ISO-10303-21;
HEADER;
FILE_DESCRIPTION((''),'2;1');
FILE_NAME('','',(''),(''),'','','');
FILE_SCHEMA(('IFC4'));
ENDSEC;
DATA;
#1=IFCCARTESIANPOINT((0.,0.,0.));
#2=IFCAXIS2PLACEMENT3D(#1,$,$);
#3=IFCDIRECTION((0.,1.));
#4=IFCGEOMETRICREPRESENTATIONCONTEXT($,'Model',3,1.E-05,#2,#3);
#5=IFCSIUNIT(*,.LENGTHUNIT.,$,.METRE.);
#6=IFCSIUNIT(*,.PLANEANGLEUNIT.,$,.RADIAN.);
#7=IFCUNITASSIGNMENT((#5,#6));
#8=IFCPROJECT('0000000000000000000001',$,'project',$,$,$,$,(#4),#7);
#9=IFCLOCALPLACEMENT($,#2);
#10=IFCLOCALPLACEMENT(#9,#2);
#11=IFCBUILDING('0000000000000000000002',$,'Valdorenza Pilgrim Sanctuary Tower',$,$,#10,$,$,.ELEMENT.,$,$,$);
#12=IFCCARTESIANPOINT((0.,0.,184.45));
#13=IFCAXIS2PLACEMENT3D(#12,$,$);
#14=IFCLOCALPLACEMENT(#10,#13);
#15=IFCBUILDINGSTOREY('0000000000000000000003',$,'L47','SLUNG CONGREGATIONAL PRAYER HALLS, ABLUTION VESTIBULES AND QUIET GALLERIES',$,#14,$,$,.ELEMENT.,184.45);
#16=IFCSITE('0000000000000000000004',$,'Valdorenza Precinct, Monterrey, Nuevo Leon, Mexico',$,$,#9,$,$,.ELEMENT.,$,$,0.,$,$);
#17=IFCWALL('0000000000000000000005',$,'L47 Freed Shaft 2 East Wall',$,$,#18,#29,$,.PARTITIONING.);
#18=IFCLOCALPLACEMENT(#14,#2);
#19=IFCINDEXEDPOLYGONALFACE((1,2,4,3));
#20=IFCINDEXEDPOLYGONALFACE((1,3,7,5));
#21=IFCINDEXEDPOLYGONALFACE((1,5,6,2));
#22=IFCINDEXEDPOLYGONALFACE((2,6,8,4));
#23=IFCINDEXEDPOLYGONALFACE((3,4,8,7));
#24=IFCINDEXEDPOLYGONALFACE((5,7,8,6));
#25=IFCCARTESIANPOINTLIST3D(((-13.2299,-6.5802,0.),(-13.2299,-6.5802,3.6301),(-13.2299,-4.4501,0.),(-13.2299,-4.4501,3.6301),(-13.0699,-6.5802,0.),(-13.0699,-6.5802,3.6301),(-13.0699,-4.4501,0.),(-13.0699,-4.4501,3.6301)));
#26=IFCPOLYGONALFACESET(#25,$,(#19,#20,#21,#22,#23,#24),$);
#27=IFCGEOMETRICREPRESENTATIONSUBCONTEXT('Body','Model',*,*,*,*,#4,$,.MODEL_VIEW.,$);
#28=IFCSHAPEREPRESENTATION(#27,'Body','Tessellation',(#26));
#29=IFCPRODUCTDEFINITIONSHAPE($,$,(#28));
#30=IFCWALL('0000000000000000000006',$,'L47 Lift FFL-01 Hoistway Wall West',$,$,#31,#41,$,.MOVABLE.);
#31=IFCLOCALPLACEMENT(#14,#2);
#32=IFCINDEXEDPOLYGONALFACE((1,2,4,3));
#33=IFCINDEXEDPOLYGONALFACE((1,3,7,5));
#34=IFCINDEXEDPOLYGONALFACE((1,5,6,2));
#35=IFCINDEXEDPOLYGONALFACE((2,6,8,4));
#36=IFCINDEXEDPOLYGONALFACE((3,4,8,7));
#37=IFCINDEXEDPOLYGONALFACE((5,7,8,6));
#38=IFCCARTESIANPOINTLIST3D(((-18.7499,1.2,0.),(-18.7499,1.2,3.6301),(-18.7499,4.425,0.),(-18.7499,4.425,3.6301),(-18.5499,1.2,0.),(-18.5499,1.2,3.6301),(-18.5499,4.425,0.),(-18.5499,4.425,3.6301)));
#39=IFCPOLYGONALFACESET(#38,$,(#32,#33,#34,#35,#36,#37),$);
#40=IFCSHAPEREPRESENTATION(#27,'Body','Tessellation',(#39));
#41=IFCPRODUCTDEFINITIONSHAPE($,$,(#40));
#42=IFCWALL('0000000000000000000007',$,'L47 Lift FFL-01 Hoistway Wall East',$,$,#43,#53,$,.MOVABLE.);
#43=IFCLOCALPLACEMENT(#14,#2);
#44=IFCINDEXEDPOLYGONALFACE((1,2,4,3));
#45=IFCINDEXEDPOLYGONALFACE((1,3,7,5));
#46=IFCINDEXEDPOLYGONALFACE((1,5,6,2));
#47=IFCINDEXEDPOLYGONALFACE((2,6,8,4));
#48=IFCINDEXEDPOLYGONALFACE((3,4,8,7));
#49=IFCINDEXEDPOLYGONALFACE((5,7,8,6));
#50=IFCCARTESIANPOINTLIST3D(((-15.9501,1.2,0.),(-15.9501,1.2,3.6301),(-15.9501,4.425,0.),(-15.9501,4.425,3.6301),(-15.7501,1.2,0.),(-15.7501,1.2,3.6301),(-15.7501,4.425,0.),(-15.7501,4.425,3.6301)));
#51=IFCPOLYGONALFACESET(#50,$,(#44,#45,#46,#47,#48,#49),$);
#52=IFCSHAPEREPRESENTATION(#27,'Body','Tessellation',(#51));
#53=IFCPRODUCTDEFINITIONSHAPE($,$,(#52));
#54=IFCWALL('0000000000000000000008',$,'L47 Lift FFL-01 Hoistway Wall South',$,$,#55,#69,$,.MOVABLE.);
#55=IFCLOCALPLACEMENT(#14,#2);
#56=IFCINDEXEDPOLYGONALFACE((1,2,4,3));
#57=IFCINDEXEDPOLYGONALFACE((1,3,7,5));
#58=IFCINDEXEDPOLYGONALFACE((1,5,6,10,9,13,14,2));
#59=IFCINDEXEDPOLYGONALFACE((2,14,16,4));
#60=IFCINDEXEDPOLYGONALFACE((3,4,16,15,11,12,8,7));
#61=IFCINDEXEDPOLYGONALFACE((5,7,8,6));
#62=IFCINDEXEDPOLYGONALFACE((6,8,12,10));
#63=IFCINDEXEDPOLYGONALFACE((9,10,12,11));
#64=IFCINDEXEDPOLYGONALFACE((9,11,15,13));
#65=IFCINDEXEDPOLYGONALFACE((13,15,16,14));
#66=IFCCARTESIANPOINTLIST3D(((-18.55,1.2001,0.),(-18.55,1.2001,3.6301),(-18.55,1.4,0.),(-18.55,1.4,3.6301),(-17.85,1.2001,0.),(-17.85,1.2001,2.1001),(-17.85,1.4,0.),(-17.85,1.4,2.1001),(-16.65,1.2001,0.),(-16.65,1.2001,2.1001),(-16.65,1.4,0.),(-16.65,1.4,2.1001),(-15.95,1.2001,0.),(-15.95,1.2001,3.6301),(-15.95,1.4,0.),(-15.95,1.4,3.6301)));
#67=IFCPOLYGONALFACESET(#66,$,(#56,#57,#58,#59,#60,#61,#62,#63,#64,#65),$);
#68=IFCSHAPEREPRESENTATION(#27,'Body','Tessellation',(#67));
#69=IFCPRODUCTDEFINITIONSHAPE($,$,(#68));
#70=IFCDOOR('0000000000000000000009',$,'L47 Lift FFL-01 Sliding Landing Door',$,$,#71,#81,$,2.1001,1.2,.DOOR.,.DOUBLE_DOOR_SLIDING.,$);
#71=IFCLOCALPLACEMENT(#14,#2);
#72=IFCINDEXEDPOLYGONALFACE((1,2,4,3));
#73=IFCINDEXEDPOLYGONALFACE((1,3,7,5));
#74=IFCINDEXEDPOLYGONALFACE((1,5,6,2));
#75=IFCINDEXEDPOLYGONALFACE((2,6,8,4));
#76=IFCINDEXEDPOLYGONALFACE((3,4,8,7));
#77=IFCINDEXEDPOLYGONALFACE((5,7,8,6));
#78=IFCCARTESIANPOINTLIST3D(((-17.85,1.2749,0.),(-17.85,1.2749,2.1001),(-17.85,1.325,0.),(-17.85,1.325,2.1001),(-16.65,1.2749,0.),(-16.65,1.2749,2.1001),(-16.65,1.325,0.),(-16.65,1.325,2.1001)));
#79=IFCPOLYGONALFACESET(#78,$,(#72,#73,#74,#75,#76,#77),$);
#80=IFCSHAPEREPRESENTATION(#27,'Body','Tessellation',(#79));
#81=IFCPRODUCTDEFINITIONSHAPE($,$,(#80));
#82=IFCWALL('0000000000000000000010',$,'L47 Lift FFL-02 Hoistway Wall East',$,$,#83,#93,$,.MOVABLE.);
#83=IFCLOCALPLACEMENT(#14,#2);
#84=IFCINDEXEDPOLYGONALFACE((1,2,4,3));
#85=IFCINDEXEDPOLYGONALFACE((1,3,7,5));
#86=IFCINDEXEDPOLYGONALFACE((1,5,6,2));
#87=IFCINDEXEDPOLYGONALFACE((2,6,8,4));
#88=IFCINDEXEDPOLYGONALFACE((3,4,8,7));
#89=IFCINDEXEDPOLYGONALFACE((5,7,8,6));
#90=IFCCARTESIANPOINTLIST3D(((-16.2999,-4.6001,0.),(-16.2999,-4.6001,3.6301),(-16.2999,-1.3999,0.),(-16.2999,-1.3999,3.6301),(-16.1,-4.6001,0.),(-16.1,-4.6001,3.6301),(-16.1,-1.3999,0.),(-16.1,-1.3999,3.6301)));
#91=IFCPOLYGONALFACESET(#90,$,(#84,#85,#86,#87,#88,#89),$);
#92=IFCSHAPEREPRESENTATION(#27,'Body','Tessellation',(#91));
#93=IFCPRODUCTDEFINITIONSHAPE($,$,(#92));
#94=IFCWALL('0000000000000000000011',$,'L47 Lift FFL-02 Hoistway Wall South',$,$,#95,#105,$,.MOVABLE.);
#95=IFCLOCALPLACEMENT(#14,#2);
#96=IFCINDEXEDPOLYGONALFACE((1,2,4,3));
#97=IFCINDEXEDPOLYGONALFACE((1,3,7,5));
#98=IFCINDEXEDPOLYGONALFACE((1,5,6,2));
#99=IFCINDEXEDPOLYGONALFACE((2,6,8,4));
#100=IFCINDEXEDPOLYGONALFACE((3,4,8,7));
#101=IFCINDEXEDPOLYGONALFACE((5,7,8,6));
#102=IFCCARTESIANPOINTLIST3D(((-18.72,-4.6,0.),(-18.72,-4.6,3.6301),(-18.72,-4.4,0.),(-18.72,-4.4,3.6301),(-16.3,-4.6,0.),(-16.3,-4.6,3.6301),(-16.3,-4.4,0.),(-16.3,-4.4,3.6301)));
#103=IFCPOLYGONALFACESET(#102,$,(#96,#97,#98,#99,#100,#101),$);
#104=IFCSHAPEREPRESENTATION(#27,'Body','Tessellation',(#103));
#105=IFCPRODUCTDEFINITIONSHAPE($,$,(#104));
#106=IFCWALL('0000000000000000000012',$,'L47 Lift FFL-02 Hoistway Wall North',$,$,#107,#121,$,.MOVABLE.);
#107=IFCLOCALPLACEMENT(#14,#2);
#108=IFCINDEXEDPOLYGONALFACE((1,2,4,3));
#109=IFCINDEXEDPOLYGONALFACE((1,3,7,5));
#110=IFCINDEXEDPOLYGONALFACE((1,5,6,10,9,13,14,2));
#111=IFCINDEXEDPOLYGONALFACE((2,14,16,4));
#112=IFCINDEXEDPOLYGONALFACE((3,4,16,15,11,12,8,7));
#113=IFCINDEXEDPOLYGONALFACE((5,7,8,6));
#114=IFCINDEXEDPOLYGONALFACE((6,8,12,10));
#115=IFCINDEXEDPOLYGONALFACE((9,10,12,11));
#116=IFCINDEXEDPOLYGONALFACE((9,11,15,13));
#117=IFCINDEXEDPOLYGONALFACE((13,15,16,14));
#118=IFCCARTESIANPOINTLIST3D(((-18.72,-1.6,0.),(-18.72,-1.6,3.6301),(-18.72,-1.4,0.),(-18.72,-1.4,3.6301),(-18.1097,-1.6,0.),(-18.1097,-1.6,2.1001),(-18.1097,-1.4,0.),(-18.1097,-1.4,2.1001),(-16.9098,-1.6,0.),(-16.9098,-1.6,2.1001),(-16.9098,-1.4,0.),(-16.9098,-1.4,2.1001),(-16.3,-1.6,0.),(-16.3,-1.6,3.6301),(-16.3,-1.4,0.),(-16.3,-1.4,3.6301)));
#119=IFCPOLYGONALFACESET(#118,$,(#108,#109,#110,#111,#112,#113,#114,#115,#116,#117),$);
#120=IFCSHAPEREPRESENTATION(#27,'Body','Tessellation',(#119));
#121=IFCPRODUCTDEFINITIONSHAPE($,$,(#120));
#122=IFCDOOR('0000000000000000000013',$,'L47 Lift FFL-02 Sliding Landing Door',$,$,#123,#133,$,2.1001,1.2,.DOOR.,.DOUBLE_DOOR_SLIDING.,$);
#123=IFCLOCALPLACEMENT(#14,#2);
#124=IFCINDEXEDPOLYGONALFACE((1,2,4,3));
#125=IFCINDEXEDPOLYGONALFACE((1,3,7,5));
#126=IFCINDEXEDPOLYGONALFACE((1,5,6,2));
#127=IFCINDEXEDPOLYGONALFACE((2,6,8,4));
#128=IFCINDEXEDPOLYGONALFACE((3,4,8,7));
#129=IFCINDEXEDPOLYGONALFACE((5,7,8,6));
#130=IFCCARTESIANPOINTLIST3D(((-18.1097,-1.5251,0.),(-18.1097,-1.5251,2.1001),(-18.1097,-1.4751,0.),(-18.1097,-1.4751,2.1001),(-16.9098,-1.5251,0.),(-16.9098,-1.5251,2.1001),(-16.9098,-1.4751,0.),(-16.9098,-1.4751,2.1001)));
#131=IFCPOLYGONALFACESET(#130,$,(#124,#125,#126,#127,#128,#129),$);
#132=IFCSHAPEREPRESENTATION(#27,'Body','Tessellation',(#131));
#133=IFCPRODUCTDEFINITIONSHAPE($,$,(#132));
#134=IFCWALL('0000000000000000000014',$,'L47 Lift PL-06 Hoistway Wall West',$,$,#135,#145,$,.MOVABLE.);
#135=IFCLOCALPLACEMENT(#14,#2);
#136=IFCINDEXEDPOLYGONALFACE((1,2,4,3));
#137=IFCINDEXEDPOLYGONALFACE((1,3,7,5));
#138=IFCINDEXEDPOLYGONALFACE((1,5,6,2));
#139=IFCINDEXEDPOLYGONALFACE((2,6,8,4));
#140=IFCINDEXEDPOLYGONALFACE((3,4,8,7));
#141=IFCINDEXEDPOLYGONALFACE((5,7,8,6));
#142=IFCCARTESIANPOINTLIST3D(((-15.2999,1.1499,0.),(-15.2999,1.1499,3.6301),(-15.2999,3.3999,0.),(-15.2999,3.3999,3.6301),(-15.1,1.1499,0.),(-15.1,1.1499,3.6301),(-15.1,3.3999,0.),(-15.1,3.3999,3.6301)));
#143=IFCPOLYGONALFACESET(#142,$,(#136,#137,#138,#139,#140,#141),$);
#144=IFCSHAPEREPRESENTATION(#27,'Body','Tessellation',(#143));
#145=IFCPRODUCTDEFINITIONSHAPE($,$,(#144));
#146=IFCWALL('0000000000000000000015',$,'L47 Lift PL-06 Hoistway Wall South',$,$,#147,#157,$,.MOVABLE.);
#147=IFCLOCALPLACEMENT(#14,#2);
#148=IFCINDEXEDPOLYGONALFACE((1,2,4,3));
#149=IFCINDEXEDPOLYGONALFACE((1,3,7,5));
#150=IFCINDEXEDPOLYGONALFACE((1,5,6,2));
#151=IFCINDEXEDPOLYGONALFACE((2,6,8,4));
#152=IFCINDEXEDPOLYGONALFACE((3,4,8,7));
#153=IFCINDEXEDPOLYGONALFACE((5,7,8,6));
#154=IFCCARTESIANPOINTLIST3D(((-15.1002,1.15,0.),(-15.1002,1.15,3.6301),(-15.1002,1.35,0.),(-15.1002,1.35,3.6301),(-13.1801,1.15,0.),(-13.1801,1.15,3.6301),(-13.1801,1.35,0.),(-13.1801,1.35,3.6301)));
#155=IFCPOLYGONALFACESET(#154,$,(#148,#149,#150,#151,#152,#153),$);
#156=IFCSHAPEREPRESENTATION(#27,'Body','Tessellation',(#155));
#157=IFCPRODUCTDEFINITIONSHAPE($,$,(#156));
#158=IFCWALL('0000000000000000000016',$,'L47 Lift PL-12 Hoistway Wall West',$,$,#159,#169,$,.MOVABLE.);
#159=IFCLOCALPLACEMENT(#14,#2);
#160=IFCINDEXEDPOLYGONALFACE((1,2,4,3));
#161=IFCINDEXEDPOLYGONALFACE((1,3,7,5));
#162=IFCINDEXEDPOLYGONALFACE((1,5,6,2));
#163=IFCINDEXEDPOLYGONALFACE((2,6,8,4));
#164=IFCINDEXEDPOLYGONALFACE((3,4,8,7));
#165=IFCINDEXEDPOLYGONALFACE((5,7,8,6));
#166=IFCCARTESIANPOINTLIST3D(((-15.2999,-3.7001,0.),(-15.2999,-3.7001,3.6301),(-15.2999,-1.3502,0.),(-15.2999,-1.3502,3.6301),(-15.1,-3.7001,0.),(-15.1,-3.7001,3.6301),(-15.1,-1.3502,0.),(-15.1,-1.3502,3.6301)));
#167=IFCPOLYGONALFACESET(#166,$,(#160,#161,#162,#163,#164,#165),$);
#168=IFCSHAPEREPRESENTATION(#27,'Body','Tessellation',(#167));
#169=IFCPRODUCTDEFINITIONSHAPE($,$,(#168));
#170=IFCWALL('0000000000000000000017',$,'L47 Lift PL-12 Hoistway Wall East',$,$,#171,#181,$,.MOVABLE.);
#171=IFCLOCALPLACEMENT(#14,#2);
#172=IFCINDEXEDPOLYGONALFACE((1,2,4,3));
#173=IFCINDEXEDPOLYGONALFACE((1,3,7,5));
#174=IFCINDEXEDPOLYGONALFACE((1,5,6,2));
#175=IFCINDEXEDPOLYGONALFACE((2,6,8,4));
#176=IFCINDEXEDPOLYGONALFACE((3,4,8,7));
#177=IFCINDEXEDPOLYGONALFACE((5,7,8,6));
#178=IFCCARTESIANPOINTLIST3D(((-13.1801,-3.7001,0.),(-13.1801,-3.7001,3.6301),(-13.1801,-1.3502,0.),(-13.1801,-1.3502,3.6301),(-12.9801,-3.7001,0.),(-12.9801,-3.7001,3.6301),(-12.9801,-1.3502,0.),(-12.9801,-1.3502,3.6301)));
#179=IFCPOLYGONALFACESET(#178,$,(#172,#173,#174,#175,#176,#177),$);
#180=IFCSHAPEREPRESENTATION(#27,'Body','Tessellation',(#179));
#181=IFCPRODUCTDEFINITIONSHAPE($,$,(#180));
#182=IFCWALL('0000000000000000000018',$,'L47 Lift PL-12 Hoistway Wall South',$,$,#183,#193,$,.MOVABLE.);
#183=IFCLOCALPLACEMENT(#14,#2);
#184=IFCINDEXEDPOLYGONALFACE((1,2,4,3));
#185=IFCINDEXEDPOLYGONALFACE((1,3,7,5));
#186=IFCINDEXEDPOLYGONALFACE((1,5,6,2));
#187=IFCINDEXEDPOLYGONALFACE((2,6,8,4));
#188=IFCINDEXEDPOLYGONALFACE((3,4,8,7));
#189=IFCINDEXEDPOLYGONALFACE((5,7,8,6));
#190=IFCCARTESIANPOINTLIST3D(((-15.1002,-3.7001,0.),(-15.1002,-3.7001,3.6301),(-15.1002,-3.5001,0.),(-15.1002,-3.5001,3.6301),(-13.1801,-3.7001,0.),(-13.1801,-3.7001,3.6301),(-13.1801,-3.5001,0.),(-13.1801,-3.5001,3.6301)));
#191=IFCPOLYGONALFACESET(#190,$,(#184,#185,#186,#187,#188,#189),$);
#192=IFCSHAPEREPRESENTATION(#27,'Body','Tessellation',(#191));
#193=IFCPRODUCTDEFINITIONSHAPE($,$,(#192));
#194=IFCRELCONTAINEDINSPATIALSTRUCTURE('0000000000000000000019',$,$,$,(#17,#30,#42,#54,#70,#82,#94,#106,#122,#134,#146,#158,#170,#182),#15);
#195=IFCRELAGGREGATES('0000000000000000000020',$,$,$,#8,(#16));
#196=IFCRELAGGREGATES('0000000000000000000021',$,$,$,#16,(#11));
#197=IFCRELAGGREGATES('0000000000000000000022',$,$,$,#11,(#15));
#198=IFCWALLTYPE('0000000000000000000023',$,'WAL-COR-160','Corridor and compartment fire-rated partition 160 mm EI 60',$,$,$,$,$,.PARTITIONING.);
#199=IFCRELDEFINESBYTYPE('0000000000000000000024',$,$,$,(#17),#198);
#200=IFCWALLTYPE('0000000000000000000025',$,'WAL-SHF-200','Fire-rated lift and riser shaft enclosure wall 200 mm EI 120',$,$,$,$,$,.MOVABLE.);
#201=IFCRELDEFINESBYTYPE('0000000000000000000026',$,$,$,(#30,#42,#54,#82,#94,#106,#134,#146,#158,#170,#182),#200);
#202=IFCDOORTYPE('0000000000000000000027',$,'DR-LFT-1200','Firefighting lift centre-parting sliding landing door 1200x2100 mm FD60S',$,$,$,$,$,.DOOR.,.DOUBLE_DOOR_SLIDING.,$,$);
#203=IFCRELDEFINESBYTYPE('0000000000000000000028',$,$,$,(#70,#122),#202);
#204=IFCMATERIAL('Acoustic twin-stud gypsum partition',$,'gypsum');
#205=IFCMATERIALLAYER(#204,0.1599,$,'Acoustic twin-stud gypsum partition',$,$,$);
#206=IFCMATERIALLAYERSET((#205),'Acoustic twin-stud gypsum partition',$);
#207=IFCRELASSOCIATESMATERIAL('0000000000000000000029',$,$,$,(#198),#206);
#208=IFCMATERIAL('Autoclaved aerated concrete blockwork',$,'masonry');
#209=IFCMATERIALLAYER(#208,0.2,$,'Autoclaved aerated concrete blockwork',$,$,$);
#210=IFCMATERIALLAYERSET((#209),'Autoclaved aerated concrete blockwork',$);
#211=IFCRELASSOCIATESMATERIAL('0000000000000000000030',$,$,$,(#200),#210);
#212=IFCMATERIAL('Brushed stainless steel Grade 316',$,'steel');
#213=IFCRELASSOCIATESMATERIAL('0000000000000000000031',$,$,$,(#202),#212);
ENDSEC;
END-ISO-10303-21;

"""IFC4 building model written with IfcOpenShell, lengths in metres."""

from ifc_helpers import new_model, si_unit, direction, frame, frame_2d, origin, place, context, subcontext, project, spatial, rectangle, extrude, material, layer, layer_set, type_object, element, fill, save


model = new_model("IFC4")

# Units and contexts
model_context = context("Model", 3, precision=1e-05, world=origin(), true_north=direction((0.0, 1.0)))
body_context = subcontext(model_context, "Body", "Model", "MODEL_VIEW")
ifc_project = project(units=[si_unit("LENGTHUNIT", "METRE"), si_unit("PLANEANGLEUNIT", "RADIAN")], contexts=[model_context])

# Site, building, storey
site_placement = place(None, origin())
site = spatial("IfcSite", under=ifc_project, at=site_placement, Name="Valdorenza Precinct, Monterrey, Nuevo Leon, Mexico", CompositionType="ELEMENT", RefElevation=0.0)
building_placement = place(site_placement, origin())
building = spatial("IfcBuilding", under=site, at=building_placement, Name="Valdorenza Pilgrim Sanctuary Tower", CompositionType="ELEMENT")
storey_placement = place(building_placement, frame((0.0, 0.0, 184.45)))
storey = spatial("IfcBuildingStorey", under=building, at=storey_placement, Name="L47", Description="SLUNG CONGREGATIONAL PRAYER HALLS, ABLUTION VESTIBULES AND QUIET GALLERIES", CompositionType="ELEMENT", Elevation=184.45)

# Wall
ifc_material_1 = material(Name="Acoustic twin-stud gypsum partition", Category="gypsum")
ifc_layer_1 = layer(ifc_material_1, 0.1599, Name="Acoustic twin-stud gypsum partition")
ifc_layer_set_1 = layer_set([ifc_layer_1], Name="Acoustic twin-stud gypsum partition")
wall_type_1 = type_object("IfcWallType", Name="WAL-COR-160", Description="Corridor and compartment fire-rated partition 160 mm EI 60", PredefinedType="PARTITIONING", material=ifc_layer_set_1)
wall_1_placement = place(storey_placement, frame((-13.1499, -6.5801, 0.0), z_axis=(0.0, 0.0, 1.0), x_axis=(0.0, 1.0, 0.0)))
element("IfcWall", 1, at=wall_1_placement, inside=storey, type_object=wall_type_1, Name="L47 Freed Shaft 2 East Wall", PredefinedType="PARTITIONING", context=body_context, shape_type="SweptSolid", body=[
    extrude(rectangle(XDim=2.1301, YDim=0.1599, at=frame_2d((1.0649, 0.0))), origin(), (0.0, 0.0, 1.0), 3.6301),
])

# Walls
ifc_material_2 = material(Name="Autoclaved aerated concrete blockwork", Category="masonry")
ifc_layer_2 = layer(ifc_material_2, 0.2, Name="Autoclaved aerated concrete blockwork")
ifc_layer_set_2 = layer_set([ifc_layer_2], Name="Autoclaved aerated concrete blockwork")
wall_type_2 = type_object("IfcWallType", Name="WAL-SHF-200", Description="Fire-rated lift and riser shaft enclosure wall 200 mm EI 120", PredefinedType="MOVABLE", material=ifc_layer_set_2)
for number, where, z_axis, x_axis, name in (
    (2, (-18.6499, 1.2, 0.0), (0.0, 0.0, 1.0), (0.0, 1.0, 0.0), "L47 Lift FFL-01 Hoistway Wall West"),
    (3, (-15.8501, 1.2, 0.0), (0.0, 0.0, 1.0), (0.0, 1.0, 0.0), "L47 Lift FFL-01 Hoistway Wall East"),
):
    element("IfcWall", number, at=place(storey_placement, frame(where, z_axis=z_axis, x_axis=x_axis)), inside=storey, type_object=wall_type_2, Name=name, PredefinedType="MOVABLE", context=body_context, shape_type="SweptSolid", body=[
        extrude(rectangle(XDim=3.2251, YDim=0.2, at=frame_2d((1.6125, 0.0))), origin(), (0.0, 0.0, 1.0), 3.6301),
    ])

# Wall, opening, door
wall_2_placement = place(storey_placement, frame((-18.55, 1.3, 0.0), z_axis=(0.0, 0.0, 1.0), x_axis=(1.0, 0.0, 0.0)))
wall_2 = element("IfcWall", 4, at=wall_2_placement, inside=storey, type_object=wall_type_2, Name="L47 Lift FFL-01 Hoistway Wall South", PredefinedType="MOVABLE", context=body_context, shape_type="SweptSolid", body=[
    extrude(rectangle(XDim=2.6001, YDim=0.2, at=frame_2d((1.3, 0.0))), origin(), (0.0, 0.0, 1.0), 3.6301),
])
opening_1_placement = place(wall_2_placement, frame((0.7, 0.0, 0.0)))
opening_1 = element("IfcOpeningElement", 5, at=opening_1_placement, cuts=wall_2, PredefinedType="OPENING", context=body_context, shape_type="SweptSolid", body=[
    extrude(rectangle(XDim=1.2, YDim=2.1001, at=frame_2d((0.6001, 1.05))), frame((0.0, 0.1147, 0.0), z_axis=(0.0, -1.0, 0.0), x_axis=(1.0, 0.0, 0.0)), (0.0, 0.0, 1.0), 0.2297),
])
ifc_material_3 = material(Name="Brushed stainless steel Grade 316", Category="steel")
door_type_1 = type_object("IfcDoorType", Name="DR-LFT-1200", Description="Firefighting lift centre-parting sliding landing door 1200x2100 mm FD60S", OperationType="DOUBLE_DOOR_SLIDING", PredefinedType="DOOR", material=ifc_material_3)
door_1_placement = place(opening_1_placement, origin())
door_1 = element("IfcDoor", 6, at=door_1_placement, inside=storey, type_object=door_type_1, Name="L47 Lift FFL-01 Sliding Landing Door", OperationType="DOUBLE_DOOR_SLIDING", OverallHeight=2.1001, OverallWidth=1.2, PredefinedType="DOOR", context=body_context, shape_type="SweptSolid", body=[
    extrude(rectangle(XDim=1.2, YDim=2.1001, at=frame_2d((0.6001, 1.05))), frame((0.0, 0.0249, 0.0), z_axis=(0.0, -1.0, 0.0), x_axis=(1.0, 0.0, 0.0)), (0.0, 0.0, 1.0), 0.05),
])
fill(opening_1, door_1)

# Walls
wall_3_placement = place(storey_placement, frame((-16.2, -4.6001, 0.0), z_axis=(0.0, 0.0, 1.0), x_axis=(0.0, 1.0, 0.0)))
element("IfcWall", 7, at=wall_3_placement, inside=storey, type_object=wall_type_2, Name="L47 Lift FFL-02 Hoistway Wall East", PredefinedType="MOVABLE", context=body_context, shape_type="SweptSolid", body=[
    extrude(rectangle(XDim=3.2002, YDim=0.2, at=frame_2d((1.6001, 0.0))), origin(), (0.0, 0.0, 1.0), 3.6301),
])
wall_4_placement = place(storey_placement, frame((-18.72, -4.5, 0.0), z_axis=(0.0, 0.0, 1.0), x_axis=(1.0, 0.0, 0.0)))
element("IfcWall", 8, at=wall_4_placement, inside=storey, type_object=wall_type_2, Name="L47 Lift FFL-02 Hoistway Wall South", PredefinedType="MOVABLE", context=body_context, shape_type="SweptSolid", body=[
    extrude(rectangle(XDim=2.4199, YDim=0.2, at=frame_2d((1.21, 0.0))), origin(), (0.0, 0.0, 1.0), 3.6301),
])

# Wall, opening, door
wall_5_placement = place(storey_placement, frame((-18.72, -1.5, 0.0), z_axis=(0.0, 0.0, 1.0), x_axis=(1.0, 0.0, 0.0)))
wall_5 = element("IfcWall", 9, at=wall_5_placement, inside=storey, type_object=wall_type_2, Name="L47 Lift FFL-02 Hoistway Wall North", PredefinedType="MOVABLE", context=body_context, shape_type="SweptSolid", body=[
    extrude(rectangle(XDim=2.4199, YDim=0.2, at=frame_2d((1.21, 0.0))), origin(), (0.0, 0.0, 1.0), 3.6301),
])
opening_2_placement = place(wall_5_placement, frame((0.6101, 0.0, 0.0)))
opening_2 = element("IfcOpeningElement", 10, at=opening_2_placement, cuts=wall_5, PredefinedType="OPENING", context=body_context, shape_type="SweptSolid", body=[
    extrude(rectangle(XDim=1.2, YDim=2.1001, at=frame_2d((0.6001, 1.05))), frame((0.0, 0.1147, 0.0), z_axis=(0.0, -1.0, 0.0), x_axis=(1.0, 0.0, 0.0)), (0.0, 0.0, 1.0), 0.2297),
])
door_2_placement = place(opening_2_placement, origin())
door_2 = element("IfcDoor", 11, at=door_2_placement, inside=storey, type_object=door_type_1, Name="L47 Lift FFL-02 Sliding Landing Door", OperationType="DOUBLE_DOOR_SLIDING", OverallHeight=2.1001, OverallWidth=1.2, PredefinedType="DOOR", context=body_context, shape_type="SweptSolid", body=[
    extrude(rectangle(XDim=1.2, YDim=2.1001, at=frame_2d((0.6001, 1.05))), frame((0.0, 0.0249, 0.0), z_axis=(0.0, -1.0, 0.0), x_axis=(1.0, 0.0, 0.0)), (0.0, 0.0, 1.0), 0.05),
])
fill(opening_2, door_2)

# Walls
wall_6_placement = place(storey_placement, frame((-15.2, 1.1499, 0.0), z_axis=(0.0, 0.0, 1.0), x_axis=(0.0, 1.0, 0.0)))
element("IfcWall", 12, at=wall_6_placement, inside=storey, type_object=wall_type_2, Name="L47 Lift PL-06 Hoistway Wall West", PredefinedType="MOVABLE", context=body_context, shape_type="SweptSolid", body=[
    extrude(rectangle(XDim=2.25, YDim=0.2, at=frame_2d((1.125, 0.0))), origin(), (0.0, 0.0, 1.0), 3.6301),
])
wall_7_placement = place(storey_placement, frame((-15.1001, 1.25, 0.0), z_axis=(0.0, 0.0, 1.0), x_axis=(1.0, 0.0, 0.0)))
element("IfcWall", 13, at=wall_7_placement, inside=storey, type_object=wall_type_2, Name="L47 Lift PL-06 Hoistway Wall South", PredefinedType="MOVABLE", context=body_context, shape_type="SweptSolid", body=[
    extrude(rectangle(XDim=1.9202, YDim=0.2, at=frame_2d((0.96, 0.0))), origin(), (0.0, 0.0, 1.0), 3.6301),
])
for number, where, z_axis, x_axis, name in (
    (14, (-15.2, -3.7, 0.0), (0.0, 0.0, 1.0), (0.0, 1.0, 0.0), "L47 Lift PL-12 Hoistway Wall West"),
    (15, (-13.0801, -3.7, 0.0), (0.0, 0.0, 1.0), (0.0, 1.0, 0.0), "L47 Lift PL-12 Hoistway Wall East"),
):
    element("IfcWall", number, at=place(storey_placement, frame(where, z_axis=z_axis, x_axis=x_axis)), inside=storey, type_object=wall_type_2, Name=name, PredefinedType="MOVABLE", context=body_context, shape_type="SweptSolid", body=[
        extrude(rectangle(XDim=2.3499, YDim=0.2, at=frame_2d((1.1748, 0.0))), origin(), (0.0, 0.0, 1.0), 3.6301),
    ])
for number, where, z_axis, x_axis, name in (
    (16, (-15.1001, -3.6001, 0.0), (0.0, 0.0, 1.0), (1.0, 0.0, 0.0), "L47 Lift PL-12 Hoistway Wall South"),
):
    element("IfcWall", number, at=place(storey_placement, frame(where, z_axis=z_axis, x_axis=x_axis)), inside=storey, type_object=wall_type_2, Name=name, PredefinedType="MOVABLE", context=body_context, shape_type="SweptSolid", body=[
        extrude(rectangle(XDim=1.9202, YDim=0.2, at=frame_2d((0.96, 0.0))), origin(), (0.0, 0.0, 1.0), 3.6301),
    ])

save(model, "model.ifc")
